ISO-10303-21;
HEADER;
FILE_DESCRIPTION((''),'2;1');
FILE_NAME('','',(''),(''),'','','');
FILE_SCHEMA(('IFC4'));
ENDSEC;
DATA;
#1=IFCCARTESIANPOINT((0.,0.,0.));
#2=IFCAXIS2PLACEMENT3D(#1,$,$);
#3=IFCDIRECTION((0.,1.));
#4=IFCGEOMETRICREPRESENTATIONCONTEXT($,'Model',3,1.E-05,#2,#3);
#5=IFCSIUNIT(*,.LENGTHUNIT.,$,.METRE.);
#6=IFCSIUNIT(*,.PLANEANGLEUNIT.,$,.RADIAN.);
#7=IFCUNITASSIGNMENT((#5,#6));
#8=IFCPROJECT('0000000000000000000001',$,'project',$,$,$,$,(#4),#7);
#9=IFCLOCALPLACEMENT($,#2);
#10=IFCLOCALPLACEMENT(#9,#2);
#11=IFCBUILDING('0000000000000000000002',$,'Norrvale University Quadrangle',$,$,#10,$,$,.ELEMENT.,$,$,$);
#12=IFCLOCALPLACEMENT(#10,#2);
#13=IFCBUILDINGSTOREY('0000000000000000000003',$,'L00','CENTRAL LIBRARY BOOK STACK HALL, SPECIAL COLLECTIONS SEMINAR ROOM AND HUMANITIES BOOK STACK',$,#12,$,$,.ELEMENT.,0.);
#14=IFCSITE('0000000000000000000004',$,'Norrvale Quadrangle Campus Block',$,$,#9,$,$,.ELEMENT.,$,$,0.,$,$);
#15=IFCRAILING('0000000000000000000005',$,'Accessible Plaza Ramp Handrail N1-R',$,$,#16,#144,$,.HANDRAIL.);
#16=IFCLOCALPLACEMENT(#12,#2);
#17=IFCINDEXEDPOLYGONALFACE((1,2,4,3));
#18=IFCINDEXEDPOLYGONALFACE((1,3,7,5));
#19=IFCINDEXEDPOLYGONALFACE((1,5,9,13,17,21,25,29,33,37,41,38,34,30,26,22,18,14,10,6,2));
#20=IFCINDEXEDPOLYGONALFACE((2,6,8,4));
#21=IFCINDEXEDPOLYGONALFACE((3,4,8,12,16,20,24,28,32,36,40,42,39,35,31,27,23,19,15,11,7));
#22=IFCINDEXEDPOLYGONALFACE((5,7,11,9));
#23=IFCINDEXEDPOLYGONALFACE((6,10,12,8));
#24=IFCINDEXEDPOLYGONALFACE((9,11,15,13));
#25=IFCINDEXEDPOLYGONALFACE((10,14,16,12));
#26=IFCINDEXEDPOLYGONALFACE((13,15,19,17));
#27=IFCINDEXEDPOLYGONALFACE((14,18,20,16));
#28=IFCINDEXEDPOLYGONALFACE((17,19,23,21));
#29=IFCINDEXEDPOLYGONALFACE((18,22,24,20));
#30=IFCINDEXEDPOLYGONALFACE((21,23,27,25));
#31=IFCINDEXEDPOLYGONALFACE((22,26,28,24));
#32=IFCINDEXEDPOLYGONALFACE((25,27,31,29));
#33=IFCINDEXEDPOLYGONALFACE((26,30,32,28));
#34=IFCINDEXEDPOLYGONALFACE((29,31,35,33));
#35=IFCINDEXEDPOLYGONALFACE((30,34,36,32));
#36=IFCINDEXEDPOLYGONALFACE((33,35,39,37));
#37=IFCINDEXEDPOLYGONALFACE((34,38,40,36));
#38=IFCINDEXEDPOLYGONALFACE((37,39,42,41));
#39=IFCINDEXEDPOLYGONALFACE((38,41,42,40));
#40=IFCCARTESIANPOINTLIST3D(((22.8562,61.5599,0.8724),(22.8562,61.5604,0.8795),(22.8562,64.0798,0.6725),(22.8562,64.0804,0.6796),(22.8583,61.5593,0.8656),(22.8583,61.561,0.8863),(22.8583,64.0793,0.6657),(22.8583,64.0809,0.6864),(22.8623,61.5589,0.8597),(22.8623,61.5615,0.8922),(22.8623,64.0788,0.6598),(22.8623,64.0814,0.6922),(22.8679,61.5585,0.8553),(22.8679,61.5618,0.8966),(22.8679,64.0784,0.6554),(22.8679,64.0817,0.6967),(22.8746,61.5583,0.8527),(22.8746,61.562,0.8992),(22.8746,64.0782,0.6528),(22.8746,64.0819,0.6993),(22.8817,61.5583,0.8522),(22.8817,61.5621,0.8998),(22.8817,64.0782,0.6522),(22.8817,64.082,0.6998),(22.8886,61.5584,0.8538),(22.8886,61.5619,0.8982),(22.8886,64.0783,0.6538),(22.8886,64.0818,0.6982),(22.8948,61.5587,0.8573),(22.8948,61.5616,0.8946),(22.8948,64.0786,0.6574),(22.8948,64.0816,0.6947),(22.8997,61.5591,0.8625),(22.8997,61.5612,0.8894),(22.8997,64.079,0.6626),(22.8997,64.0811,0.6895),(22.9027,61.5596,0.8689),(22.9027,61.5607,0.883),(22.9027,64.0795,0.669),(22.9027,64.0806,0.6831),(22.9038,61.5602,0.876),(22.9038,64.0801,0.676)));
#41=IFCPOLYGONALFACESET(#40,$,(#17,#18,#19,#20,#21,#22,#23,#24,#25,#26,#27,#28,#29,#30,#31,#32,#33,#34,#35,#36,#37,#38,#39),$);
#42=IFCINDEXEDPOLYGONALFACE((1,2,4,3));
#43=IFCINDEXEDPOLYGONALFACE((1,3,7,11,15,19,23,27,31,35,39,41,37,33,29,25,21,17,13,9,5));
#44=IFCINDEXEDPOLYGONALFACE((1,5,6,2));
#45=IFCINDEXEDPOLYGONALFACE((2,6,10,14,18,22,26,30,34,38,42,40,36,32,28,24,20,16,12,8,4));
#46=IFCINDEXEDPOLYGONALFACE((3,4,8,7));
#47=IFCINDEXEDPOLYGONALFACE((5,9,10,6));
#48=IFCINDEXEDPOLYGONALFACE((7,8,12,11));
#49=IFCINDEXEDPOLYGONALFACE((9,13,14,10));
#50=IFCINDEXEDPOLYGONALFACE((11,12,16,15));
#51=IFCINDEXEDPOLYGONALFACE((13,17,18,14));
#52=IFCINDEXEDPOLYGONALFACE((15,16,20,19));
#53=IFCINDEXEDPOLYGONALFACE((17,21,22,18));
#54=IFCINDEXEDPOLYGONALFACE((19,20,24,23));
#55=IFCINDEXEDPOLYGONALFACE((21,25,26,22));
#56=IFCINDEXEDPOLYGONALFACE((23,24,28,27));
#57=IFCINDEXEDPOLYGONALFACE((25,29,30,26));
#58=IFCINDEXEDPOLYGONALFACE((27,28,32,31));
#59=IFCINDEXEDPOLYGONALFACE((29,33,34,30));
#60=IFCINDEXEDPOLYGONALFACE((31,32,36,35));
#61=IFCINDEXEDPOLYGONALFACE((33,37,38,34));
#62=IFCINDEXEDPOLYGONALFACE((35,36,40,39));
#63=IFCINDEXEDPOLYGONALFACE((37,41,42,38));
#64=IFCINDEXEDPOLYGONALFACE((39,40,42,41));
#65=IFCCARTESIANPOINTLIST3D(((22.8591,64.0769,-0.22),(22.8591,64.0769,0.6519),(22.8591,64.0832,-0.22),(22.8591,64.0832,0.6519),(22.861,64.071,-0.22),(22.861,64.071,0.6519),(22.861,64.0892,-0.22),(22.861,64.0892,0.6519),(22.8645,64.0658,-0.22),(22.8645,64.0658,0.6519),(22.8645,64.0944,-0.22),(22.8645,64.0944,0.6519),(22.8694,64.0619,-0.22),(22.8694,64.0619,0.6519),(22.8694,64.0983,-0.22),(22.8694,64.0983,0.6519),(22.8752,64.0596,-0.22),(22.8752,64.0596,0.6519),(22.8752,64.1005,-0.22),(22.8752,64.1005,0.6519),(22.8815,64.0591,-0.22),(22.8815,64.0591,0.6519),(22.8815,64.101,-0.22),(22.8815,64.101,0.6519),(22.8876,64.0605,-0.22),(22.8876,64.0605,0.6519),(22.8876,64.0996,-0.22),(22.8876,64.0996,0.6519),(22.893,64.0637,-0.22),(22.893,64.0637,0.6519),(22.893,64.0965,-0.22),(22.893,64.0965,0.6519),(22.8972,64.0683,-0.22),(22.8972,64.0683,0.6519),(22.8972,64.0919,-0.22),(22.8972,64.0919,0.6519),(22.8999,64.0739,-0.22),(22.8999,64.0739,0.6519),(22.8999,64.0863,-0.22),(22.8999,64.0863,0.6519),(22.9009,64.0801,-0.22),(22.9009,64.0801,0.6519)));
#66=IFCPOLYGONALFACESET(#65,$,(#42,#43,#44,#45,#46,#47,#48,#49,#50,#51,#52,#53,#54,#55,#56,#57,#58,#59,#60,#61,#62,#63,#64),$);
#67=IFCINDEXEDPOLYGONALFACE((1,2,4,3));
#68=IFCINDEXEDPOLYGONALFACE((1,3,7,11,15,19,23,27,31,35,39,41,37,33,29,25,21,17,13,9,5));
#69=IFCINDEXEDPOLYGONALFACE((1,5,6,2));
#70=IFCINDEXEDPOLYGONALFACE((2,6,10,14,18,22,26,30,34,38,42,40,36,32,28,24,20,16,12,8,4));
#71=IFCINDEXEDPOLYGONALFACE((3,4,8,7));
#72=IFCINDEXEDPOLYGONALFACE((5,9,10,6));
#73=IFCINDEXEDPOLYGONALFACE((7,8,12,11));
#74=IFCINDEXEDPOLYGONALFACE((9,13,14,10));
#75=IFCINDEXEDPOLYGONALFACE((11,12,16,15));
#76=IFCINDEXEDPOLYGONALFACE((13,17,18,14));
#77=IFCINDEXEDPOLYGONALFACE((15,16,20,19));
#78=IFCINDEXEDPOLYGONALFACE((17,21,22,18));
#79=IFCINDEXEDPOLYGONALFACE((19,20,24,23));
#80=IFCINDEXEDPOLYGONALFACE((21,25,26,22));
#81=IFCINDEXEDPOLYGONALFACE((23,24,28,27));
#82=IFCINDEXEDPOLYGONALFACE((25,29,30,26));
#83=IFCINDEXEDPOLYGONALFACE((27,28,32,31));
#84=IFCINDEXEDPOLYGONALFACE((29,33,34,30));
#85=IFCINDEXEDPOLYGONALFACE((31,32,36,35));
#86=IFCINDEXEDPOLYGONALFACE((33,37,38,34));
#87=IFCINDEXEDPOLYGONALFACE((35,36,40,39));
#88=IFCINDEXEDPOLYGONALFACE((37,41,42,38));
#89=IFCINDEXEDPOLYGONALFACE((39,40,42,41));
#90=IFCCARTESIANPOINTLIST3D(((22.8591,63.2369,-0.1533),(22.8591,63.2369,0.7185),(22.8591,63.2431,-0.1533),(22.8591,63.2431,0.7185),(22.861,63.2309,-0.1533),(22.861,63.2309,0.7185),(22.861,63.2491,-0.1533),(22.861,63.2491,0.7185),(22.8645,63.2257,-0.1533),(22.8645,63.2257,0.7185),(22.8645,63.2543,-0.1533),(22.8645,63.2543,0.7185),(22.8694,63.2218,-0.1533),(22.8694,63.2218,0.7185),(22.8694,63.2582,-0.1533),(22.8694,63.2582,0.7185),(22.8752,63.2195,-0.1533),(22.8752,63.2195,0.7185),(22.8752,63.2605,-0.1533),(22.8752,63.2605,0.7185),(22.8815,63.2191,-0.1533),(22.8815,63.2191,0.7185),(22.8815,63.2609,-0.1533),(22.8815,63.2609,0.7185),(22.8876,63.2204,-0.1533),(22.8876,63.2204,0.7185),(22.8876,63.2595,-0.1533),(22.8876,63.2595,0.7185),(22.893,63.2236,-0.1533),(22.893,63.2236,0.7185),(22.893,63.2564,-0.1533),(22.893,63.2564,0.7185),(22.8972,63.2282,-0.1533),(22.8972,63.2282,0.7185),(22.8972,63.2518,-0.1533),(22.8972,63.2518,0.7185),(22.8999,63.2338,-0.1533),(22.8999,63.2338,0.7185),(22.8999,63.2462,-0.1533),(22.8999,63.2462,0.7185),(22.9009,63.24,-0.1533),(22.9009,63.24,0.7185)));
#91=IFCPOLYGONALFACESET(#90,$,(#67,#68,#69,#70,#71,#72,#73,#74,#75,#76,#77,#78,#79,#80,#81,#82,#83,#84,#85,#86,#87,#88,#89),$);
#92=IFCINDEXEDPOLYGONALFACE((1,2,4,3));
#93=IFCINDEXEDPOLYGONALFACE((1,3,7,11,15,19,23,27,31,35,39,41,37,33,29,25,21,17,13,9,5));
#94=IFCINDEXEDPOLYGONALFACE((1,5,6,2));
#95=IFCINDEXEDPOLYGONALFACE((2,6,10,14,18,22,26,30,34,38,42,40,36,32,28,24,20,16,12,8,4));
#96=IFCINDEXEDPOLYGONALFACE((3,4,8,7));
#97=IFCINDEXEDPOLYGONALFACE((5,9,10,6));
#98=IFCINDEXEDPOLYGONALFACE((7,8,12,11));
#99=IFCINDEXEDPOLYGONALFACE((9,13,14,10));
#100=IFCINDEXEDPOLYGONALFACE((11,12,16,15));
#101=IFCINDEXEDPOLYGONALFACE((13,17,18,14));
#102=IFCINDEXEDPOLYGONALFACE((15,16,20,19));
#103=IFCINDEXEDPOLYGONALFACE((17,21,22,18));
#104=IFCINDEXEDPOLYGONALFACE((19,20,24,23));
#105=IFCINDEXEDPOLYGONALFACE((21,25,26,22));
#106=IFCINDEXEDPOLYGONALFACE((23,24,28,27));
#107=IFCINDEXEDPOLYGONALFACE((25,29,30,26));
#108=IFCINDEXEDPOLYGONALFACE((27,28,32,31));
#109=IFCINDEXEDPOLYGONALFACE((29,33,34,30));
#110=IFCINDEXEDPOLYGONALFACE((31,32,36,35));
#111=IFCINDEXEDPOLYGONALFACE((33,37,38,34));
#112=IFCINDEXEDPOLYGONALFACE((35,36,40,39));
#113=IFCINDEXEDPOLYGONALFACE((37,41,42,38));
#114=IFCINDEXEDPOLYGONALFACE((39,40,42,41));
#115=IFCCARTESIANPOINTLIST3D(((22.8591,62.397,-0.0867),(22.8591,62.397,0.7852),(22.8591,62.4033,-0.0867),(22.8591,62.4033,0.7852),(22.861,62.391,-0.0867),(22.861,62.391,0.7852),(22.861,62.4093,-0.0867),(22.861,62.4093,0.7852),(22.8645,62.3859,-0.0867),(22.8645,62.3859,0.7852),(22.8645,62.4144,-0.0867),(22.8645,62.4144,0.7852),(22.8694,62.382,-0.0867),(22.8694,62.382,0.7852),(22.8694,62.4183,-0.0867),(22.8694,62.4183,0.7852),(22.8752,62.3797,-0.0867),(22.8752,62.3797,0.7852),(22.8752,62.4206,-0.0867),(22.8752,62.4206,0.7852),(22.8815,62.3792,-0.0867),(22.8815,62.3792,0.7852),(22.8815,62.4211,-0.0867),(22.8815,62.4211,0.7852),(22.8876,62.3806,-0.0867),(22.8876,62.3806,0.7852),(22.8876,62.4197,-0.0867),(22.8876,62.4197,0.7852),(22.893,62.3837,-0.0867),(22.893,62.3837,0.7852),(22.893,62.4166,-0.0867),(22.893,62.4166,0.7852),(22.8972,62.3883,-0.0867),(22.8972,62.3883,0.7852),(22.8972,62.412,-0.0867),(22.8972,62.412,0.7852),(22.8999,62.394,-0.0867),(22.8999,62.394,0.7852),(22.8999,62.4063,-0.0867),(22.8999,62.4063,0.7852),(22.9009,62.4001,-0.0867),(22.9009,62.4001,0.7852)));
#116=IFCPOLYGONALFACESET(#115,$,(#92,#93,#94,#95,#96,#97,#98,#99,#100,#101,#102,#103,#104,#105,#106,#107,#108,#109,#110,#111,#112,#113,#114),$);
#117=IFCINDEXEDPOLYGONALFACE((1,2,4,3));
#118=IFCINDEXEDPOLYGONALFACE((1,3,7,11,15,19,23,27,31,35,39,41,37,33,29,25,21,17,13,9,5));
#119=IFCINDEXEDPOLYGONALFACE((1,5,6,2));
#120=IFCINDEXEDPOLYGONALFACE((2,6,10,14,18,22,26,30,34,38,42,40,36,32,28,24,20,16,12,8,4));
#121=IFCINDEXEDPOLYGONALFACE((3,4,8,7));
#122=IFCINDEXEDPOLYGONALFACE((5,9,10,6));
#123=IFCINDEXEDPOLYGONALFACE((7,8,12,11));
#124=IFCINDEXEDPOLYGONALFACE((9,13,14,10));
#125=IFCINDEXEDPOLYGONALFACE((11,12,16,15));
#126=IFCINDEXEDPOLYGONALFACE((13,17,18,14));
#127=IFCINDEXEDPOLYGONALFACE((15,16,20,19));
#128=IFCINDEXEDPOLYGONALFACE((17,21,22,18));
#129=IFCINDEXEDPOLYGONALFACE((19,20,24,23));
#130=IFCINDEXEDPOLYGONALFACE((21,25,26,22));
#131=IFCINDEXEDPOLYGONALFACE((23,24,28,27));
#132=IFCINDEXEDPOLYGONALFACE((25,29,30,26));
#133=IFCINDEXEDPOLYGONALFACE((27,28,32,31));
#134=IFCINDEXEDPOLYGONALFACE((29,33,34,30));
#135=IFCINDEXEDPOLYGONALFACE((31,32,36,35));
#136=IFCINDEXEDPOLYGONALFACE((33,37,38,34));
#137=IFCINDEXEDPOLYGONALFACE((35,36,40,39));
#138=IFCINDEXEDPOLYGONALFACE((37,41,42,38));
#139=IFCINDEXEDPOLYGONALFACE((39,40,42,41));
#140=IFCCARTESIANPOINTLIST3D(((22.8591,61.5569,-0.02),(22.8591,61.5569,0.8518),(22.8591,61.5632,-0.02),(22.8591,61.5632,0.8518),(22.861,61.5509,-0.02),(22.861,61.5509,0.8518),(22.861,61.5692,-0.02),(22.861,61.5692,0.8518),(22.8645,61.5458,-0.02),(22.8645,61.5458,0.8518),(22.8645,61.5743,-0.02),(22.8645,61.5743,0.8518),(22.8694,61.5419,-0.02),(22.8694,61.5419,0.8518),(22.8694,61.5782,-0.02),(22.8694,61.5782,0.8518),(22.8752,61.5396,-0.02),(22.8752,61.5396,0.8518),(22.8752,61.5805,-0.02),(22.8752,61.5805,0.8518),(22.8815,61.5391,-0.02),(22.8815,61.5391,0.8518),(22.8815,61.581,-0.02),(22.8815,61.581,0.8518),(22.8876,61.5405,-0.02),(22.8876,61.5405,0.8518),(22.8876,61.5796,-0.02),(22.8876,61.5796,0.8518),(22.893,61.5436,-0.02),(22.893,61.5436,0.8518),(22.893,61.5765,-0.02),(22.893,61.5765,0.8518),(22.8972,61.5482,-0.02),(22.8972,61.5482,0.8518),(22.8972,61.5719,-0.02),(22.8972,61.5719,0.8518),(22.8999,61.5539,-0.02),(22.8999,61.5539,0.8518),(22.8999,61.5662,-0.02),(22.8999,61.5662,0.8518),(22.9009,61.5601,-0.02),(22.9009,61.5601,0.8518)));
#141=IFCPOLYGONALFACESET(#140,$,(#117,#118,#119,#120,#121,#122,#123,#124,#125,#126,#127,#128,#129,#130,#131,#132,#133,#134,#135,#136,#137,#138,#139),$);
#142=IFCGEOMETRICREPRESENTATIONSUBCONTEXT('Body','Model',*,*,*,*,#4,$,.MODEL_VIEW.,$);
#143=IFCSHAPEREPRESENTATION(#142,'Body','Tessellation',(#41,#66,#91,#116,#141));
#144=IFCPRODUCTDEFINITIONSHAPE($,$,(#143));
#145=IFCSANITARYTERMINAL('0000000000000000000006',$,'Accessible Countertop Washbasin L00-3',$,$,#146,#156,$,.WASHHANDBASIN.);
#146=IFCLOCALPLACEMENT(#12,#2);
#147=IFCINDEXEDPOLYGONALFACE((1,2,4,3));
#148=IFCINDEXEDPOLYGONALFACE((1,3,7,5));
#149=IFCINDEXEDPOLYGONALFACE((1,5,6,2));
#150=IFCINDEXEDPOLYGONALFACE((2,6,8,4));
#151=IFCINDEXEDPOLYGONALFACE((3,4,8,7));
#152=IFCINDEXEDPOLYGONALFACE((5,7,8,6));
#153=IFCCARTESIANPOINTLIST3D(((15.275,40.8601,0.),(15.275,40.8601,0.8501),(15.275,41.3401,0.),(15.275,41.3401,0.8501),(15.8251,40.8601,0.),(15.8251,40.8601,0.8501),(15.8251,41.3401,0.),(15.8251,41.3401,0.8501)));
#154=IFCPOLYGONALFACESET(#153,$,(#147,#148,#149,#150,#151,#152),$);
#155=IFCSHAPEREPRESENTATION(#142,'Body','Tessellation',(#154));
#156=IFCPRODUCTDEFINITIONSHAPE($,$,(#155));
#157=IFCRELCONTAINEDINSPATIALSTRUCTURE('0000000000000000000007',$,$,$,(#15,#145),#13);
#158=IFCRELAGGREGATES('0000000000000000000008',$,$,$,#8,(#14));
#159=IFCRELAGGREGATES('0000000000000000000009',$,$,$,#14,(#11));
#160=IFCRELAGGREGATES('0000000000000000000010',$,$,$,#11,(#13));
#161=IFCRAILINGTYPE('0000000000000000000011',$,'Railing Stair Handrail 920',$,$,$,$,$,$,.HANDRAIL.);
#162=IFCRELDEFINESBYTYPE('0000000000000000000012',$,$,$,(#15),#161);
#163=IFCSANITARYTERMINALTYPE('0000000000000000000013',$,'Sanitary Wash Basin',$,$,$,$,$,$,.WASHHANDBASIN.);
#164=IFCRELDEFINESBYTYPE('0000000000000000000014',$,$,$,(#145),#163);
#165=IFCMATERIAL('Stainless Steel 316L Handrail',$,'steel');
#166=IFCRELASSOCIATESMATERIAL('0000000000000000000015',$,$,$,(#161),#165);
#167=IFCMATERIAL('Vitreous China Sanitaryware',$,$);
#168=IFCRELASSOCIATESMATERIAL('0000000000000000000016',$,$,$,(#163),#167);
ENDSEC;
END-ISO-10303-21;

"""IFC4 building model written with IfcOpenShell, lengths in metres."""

from ifc_helpers import new_model, si_unit, direction, frame, origin, origin_2d, place, context, subcontext, project, spatial, rectangle, circle, extrude, material, type_object, element, save


model = new_model("IFC4")

# Units and contexts
model_context = context("Model", 3, precision=1e-05, world=origin(), true_north=direction((0.0, 1.0)))
body_context = subcontext(model_context, "Body", "Model", "MODEL_VIEW")
ifc_project = project(units=[si_unit("LENGTHUNIT", "METRE"), si_unit("PLANEANGLEUNIT", "RADIAN")], contexts=[model_context])

# Site, building, storey
site_placement = place(None, origin())
site = spatial("IfcSite", under=ifc_project, at=site_placement, Name="Norrvale Quadrangle Campus Block", CompositionType="ELEMENT", RefElevation=0.0)
building_placement = place(site_placement, origin())
building = spatial("IfcBuilding", under=site, at=building_placement, Name="Norrvale University Quadrangle", CompositionType="ELEMENT")
storey_placement = place(building_placement, origin())
storey = spatial("IfcBuildingStorey", under=building, at=storey_placement, Name="L00", Description="CENTRAL LIBRARY BOOK STACK HALL, SPECIAL COLLECTIONS SEMINAR ROOM AND HUMANITIES BOOK STACK", CompositionType="ELEMENT", Elevation=0.0)

# Railing
ifc_material_1 = material(Name="Stainless Steel 316L Handrail", Category="steel")
railing_type = type_object("IfcRailingType", Name="Railing Stair Handrail 920", PredefinedType="HANDRAIL", material=ifc_material_1)
for number, where, name in (
    (1, (22.8799, 64.0801, -0.22), "Accessible Plaza Ramp Handrail N1-R"),
):
    element("IfcRailing", number, at=place(storey_placement, frame(where)), inside=storey, type_object=railing_type, Name=name, PredefinedType="HANDRAIL", context=body_context, shape_type="SweptSolid", body=[
        extrude(circle(Radius=0.0239, at=origin_2d()), frame((0.0, 0.0, 0.896), z_axis=(0.0, -0.996867, 0.079096), x_axis=(1.0, 0.0, 0.0)), (0.0, 0.0, 1.0), 2.5278),
        extrude(circle(Radius=0.021, at=origin_2d()), origin(), (0.0, 0.0, 1.0), 0.8718),
        extrude(circle(Radius=0.021, at=origin_2d()), frame((0.0, -0.8401, 0.0667)), (0.0, 0.0, 1.0), 0.8718),
        extrude(circle(Radius=0.021, at=origin_2d()), frame((0.0, -1.6799, 0.1333)), (0.0, 0.0, 1.0), 0.8718),
        extrude(circle(Radius=0.021, at=origin_2d()), frame((0.0, -2.52, 0.2)), (0.0, 0.0, 1.0), 0.8718),
    ])

# Sanitary terminal
ifc_material_2 = material(Name="Vitreous China Sanitaryware")
sanitary_terminal_type = type_object("IfcSanitaryTerminalType", Name="Sanitary Wash Basin", PredefinedType="WASHHANDBASIN", material=ifc_material_2)
sanitary_terminal_placement = place(storey_placement, frame((15.55, 41.1001, 0.0), z_axis=(0.0, 0.0, 1.0), x_axis=(1.0, 0.0, 0.0)))
element("IfcSanitaryTerminal", 2, at=sanitary_terminal_placement, inside=storey, type_object=sanitary_terminal_type, Name="Accessible Countertop Washbasin L00-3", PredefinedType="WASHHANDBASIN", context=body_context, shape_type="SweptSolid", body=[
    extrude(rectangle(XDim=0.55, YDim=0.48, at=origin_2d()), origin(), (0.0, 0.0, 1.0), 0.8501),
])

save(model, "model.ifc")
